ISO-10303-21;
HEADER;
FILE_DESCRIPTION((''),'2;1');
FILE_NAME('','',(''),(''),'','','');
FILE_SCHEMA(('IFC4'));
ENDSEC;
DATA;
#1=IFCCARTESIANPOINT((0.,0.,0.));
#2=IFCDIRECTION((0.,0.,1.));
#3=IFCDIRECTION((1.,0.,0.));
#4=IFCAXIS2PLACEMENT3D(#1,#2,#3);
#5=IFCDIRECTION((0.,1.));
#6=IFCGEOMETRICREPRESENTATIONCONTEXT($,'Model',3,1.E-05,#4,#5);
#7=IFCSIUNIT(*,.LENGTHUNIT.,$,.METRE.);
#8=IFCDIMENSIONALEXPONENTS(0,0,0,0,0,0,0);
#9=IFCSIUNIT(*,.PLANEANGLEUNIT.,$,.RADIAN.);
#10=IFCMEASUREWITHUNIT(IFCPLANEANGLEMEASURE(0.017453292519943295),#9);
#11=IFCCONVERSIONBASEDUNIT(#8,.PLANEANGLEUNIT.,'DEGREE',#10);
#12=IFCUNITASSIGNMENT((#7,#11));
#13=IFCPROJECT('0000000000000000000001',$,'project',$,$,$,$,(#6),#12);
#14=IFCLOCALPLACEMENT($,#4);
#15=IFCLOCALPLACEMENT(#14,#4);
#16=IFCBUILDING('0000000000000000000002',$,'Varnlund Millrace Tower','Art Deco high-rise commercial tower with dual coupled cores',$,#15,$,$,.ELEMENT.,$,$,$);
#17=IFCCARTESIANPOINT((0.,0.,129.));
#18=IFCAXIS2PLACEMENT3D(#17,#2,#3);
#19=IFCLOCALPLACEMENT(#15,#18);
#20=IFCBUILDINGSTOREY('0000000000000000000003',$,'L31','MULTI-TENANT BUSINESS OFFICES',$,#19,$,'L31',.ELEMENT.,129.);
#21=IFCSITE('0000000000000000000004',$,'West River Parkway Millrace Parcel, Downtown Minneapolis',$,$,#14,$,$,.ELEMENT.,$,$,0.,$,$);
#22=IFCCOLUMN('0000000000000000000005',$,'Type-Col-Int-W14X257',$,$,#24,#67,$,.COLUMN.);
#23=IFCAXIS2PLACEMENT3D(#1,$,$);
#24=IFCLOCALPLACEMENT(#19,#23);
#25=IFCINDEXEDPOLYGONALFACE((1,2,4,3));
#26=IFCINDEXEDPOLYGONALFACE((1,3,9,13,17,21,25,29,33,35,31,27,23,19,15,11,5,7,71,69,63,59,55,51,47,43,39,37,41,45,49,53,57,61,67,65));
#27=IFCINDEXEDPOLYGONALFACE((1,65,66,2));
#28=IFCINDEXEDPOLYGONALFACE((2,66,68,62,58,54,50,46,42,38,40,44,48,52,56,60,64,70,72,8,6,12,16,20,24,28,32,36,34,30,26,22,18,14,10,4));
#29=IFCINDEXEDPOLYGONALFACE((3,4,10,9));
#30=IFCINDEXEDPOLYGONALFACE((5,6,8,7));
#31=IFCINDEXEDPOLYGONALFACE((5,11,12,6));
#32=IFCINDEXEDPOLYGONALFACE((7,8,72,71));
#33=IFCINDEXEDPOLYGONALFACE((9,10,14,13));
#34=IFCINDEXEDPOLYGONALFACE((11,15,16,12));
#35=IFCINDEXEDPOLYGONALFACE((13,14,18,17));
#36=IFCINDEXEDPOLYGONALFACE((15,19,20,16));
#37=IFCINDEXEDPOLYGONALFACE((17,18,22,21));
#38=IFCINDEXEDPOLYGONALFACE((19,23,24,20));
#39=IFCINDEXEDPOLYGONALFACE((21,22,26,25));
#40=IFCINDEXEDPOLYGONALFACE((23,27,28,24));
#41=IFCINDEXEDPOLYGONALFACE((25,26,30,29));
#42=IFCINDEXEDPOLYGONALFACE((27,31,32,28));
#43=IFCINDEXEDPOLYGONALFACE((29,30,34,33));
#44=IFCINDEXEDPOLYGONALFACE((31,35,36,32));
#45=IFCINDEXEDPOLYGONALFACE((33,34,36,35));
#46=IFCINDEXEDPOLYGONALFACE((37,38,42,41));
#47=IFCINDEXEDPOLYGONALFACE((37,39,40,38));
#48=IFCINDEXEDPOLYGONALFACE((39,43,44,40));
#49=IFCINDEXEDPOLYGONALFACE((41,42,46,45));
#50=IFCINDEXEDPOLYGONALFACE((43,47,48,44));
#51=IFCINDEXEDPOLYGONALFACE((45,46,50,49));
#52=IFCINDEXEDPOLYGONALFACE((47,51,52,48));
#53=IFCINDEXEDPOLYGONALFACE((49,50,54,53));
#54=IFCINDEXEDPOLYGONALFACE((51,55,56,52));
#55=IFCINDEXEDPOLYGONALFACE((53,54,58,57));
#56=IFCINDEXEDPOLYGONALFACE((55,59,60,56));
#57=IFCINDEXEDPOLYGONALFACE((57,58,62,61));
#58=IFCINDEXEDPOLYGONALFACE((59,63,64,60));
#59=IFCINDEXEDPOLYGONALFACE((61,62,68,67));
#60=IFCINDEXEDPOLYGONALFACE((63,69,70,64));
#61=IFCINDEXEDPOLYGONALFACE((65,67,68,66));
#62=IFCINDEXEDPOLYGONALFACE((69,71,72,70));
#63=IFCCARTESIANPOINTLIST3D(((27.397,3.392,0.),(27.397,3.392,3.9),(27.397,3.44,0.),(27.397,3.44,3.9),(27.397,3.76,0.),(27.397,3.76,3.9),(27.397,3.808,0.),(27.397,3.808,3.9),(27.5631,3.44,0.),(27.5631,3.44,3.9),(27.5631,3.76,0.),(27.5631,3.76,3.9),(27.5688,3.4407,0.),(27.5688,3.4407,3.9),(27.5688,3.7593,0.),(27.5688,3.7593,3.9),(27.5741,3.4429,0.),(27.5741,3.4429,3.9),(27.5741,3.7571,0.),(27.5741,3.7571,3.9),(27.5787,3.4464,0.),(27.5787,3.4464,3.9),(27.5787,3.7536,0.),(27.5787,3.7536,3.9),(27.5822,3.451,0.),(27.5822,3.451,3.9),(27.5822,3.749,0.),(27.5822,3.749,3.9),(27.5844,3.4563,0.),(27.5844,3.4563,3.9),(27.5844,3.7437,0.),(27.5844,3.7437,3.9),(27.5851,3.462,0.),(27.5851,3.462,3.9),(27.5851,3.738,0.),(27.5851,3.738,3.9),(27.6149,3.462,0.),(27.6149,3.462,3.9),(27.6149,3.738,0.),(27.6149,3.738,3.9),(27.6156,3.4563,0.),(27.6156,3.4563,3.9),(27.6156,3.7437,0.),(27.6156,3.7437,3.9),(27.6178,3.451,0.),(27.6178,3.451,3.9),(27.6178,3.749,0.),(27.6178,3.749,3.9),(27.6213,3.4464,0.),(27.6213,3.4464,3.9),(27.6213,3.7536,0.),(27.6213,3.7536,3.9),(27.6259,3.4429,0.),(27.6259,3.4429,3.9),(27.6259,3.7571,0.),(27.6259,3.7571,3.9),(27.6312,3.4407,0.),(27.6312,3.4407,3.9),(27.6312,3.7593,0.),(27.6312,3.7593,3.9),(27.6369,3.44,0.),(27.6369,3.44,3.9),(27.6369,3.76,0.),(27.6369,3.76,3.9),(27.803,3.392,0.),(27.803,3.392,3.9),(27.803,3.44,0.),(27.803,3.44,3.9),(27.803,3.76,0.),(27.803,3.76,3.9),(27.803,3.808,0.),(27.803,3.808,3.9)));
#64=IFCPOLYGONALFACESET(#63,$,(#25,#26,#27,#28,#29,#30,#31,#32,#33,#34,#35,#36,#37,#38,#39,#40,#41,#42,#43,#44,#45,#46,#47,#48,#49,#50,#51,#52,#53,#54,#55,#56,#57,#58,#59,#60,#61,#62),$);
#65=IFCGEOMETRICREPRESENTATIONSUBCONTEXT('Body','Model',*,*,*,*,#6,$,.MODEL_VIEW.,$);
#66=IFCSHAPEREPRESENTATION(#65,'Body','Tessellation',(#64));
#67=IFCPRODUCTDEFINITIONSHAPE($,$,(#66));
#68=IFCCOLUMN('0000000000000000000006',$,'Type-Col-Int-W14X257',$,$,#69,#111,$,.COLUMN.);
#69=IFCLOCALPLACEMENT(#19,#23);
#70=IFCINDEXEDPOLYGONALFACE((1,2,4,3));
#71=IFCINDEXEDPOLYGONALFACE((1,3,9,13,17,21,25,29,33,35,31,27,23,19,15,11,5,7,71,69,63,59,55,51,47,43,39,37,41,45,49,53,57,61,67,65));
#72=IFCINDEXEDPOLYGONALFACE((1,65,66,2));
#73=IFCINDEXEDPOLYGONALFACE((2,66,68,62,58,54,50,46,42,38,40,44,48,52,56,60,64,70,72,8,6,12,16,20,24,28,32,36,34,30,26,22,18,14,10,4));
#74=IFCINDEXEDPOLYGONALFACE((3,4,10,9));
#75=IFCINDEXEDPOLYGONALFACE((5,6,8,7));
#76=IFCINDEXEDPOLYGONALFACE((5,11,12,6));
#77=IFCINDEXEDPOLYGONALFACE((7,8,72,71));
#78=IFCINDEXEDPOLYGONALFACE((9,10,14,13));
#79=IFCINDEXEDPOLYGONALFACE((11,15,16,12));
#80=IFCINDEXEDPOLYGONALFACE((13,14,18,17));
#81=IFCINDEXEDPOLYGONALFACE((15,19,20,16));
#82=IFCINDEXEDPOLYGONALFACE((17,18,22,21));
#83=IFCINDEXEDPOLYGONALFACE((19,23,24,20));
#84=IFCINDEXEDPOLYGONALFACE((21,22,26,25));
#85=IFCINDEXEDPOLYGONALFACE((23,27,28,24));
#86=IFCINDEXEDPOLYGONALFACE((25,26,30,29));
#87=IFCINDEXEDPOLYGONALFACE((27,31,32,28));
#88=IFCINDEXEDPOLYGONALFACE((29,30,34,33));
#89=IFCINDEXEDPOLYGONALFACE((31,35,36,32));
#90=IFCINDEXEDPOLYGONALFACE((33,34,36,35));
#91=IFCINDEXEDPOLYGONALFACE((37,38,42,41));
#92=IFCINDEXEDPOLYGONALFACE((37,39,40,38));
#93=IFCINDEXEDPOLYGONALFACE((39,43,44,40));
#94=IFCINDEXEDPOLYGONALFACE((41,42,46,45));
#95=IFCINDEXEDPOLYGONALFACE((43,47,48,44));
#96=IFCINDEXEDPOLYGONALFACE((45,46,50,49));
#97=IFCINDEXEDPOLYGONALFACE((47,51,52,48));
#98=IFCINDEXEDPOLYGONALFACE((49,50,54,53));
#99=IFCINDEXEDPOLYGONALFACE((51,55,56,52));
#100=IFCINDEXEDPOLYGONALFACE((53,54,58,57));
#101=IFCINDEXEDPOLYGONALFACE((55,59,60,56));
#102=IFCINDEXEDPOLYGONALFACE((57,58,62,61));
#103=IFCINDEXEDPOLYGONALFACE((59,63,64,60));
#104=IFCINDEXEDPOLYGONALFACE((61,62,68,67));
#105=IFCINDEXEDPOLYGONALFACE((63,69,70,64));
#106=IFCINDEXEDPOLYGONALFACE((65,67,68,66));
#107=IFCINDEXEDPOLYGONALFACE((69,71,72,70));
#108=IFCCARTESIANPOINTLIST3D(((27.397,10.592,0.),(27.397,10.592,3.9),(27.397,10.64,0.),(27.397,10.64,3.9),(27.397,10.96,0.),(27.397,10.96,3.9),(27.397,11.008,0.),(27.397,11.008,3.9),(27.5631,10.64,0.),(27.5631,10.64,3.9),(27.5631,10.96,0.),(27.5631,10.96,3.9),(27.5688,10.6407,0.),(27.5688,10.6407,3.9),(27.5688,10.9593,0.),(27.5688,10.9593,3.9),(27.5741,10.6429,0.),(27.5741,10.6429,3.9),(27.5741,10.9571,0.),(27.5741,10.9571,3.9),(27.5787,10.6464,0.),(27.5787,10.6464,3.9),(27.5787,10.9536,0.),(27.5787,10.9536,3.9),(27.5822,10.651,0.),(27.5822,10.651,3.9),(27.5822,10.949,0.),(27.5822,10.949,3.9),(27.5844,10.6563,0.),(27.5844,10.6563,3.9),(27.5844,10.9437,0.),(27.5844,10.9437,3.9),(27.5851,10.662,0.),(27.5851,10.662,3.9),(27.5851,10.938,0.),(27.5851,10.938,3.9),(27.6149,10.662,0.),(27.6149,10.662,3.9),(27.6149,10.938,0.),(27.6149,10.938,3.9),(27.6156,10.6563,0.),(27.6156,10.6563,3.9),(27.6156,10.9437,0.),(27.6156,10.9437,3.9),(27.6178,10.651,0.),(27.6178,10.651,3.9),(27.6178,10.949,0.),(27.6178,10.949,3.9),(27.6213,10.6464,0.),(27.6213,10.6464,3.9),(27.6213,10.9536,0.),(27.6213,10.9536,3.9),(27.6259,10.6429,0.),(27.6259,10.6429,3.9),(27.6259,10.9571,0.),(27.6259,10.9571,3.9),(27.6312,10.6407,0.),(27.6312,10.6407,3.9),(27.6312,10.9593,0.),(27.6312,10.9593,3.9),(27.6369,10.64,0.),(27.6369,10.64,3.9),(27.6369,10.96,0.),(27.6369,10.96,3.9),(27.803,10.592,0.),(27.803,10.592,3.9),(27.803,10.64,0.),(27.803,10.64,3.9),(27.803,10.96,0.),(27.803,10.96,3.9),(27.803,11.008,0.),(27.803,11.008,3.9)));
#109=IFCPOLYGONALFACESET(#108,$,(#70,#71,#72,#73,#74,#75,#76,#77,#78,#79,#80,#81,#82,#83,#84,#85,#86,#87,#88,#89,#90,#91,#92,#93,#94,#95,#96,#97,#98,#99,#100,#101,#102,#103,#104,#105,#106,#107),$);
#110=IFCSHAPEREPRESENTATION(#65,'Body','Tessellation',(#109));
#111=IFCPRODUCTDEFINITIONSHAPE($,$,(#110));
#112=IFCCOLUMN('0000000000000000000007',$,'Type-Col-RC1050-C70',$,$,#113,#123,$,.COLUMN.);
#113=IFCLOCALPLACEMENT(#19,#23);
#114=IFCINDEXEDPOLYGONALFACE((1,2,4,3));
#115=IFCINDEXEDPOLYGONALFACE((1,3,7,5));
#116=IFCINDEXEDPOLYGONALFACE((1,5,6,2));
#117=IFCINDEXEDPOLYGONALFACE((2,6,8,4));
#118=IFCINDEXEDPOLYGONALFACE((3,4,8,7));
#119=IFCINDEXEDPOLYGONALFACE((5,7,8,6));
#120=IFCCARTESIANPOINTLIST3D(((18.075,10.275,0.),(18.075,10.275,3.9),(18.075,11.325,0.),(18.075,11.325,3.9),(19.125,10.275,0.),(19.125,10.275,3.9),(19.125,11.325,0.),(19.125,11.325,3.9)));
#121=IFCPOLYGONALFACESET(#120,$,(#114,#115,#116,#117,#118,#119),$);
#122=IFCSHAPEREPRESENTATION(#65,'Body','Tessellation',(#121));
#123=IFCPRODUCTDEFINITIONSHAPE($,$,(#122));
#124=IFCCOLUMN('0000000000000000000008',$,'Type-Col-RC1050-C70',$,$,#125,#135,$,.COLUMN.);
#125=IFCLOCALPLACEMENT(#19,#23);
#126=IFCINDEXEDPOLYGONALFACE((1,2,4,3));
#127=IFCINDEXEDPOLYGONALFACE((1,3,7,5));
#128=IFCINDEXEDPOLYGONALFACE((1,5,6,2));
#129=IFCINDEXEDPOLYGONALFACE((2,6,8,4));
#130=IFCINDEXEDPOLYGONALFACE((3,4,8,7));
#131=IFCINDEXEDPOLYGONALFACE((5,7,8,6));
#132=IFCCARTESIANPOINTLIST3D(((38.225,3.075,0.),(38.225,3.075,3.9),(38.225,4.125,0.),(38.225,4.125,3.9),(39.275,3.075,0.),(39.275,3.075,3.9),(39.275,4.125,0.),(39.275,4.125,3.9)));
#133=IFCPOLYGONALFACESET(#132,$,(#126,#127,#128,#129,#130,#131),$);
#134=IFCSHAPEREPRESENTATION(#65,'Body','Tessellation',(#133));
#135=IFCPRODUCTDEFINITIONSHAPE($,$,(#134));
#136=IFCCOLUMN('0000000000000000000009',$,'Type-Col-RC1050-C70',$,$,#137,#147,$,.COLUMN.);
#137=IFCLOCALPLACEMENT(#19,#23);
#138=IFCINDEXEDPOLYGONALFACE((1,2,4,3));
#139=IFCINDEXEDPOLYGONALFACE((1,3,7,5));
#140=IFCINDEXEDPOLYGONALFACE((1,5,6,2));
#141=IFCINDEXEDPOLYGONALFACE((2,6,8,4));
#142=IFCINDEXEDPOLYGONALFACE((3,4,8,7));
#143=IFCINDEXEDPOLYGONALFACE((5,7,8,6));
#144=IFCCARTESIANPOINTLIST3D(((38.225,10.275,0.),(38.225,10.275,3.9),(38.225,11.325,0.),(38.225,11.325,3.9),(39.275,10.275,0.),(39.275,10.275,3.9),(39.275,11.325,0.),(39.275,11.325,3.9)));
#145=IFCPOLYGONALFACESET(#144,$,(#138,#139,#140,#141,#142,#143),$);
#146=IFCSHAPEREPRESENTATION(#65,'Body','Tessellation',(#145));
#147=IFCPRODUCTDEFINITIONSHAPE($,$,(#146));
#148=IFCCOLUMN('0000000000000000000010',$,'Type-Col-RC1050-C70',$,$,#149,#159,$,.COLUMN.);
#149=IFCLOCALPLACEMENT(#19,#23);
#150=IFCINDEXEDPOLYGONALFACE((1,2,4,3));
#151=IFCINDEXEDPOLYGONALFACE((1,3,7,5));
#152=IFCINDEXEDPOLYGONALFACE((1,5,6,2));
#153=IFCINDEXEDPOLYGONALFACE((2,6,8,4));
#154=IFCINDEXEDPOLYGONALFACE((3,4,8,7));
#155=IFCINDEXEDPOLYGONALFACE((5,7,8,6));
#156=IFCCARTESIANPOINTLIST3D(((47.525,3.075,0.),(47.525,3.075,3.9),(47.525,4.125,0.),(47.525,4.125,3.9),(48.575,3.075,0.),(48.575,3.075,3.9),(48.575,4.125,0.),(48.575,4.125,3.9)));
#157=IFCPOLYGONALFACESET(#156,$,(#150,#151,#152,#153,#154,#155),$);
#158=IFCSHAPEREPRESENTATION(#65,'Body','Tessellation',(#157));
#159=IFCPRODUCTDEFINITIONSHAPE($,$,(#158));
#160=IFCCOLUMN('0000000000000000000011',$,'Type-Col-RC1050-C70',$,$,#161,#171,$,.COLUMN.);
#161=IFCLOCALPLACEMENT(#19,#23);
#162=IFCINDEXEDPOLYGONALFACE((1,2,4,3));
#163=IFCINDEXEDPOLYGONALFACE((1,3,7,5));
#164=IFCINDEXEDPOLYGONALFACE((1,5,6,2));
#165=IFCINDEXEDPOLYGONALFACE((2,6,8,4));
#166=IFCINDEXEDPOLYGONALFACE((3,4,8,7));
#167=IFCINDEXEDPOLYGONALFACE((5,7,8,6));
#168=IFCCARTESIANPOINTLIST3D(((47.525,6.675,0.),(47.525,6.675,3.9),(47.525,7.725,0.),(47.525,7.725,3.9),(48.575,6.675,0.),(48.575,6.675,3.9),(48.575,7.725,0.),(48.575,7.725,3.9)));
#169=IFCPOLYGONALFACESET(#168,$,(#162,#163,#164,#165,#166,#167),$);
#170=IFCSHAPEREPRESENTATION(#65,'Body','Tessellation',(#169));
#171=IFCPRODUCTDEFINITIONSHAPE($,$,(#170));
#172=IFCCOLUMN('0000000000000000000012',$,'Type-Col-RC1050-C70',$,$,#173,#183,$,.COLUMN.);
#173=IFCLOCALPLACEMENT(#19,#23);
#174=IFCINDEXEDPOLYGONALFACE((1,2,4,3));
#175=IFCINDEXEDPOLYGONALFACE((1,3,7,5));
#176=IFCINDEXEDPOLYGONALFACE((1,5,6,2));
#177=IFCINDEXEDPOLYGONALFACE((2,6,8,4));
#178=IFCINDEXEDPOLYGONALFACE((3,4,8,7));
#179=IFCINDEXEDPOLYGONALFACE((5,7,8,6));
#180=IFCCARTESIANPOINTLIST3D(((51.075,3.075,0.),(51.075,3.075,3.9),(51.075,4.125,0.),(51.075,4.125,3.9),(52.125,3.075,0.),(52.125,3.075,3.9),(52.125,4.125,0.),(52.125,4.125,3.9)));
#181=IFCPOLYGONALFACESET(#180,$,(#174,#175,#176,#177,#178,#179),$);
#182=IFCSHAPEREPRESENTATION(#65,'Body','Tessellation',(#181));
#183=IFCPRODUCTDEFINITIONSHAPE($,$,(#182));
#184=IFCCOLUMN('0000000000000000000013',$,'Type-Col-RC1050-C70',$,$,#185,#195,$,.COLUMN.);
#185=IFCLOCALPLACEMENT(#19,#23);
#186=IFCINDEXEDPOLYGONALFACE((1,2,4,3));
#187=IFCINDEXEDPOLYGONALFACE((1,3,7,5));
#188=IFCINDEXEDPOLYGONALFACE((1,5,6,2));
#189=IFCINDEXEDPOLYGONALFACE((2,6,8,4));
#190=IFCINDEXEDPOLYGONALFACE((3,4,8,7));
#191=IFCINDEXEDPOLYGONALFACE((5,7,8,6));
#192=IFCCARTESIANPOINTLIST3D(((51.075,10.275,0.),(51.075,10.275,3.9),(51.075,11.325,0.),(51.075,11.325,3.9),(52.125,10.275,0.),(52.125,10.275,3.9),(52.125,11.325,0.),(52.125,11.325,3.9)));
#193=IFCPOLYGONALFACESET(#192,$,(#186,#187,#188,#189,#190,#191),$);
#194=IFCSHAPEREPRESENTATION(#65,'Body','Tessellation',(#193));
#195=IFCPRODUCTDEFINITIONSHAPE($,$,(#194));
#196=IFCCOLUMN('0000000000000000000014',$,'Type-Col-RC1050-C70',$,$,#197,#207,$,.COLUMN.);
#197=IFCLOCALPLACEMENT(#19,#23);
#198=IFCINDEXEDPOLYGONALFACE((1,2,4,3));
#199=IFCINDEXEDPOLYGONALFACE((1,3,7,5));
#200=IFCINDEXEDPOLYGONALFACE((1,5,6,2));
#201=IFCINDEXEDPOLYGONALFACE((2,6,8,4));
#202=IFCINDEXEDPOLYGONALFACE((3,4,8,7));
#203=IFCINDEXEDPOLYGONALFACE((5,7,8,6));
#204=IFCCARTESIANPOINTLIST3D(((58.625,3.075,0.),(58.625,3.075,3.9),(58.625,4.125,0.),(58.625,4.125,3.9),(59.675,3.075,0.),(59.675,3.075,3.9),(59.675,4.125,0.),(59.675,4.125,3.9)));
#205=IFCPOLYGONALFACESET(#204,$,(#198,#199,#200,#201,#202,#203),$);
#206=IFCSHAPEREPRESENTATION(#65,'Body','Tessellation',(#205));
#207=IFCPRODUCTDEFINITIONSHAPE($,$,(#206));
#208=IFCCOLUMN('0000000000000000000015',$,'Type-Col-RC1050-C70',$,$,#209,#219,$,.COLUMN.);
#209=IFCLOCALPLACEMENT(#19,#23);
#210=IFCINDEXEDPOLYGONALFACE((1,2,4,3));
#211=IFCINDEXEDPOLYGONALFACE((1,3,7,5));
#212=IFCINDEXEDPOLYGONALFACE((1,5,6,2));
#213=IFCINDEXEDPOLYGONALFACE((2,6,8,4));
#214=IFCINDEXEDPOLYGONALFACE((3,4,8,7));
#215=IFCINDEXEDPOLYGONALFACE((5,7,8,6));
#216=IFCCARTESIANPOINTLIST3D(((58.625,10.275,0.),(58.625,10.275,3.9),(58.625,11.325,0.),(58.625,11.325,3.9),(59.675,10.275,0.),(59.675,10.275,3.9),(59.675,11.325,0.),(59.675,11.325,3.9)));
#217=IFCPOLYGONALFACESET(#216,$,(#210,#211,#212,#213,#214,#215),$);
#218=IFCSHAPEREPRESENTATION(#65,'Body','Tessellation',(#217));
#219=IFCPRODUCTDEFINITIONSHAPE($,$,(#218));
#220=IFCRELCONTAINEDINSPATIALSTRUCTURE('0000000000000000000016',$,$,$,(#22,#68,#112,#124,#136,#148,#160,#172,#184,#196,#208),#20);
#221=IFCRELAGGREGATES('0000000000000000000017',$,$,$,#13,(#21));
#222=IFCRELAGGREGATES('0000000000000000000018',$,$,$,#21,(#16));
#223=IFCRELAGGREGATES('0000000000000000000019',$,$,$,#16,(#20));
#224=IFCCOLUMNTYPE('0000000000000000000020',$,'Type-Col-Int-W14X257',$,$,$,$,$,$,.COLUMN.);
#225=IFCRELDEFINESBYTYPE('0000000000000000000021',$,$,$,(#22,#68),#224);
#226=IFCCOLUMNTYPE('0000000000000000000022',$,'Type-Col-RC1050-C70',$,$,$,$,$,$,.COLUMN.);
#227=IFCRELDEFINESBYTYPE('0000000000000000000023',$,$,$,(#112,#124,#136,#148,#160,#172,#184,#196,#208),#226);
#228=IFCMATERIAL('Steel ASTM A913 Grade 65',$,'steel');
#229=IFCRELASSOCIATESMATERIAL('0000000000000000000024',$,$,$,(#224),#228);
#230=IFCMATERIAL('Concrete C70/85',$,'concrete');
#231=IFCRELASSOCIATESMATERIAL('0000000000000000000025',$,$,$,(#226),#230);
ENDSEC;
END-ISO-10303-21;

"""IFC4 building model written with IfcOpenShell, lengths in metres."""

from ifc_helpers import new_model, entity, si_unit, converted_unit, direction, frame, origin_with_axes, origin_2d_with_axis, place, context, subcontext, project, spatial, rectangle, i_section, extrude, material, material_profile, profile_set, type_object, element, save


model = new_model("IFC4")

# Units and contexts
model_context = context("Model", 3, precision=1e-05, world=origin_with_axes(), true_north=direction((0.0, 1.0)))
body_context = subcontext(model_context, "Body", "Model", "MODEL_VIEW")
ifc_project = project(units=[si_unit("LENGTHUNIT", "METRE"), converted_unit("PLANEANGLEUNIT", "DEGREE", entity("IfcPlaneAngleMeasure", 0.017453292519943295), si_unit("PLANEANGLEUNIT", "RADIAN"), dimensions=[0, 0, 0, 0, 0, 0, 0])], contexts=[model_context])

# Site, building, storey
site_placement = place(None, origin_with_axes())
site = spatial("IfcSite", under=ifc_project, at=site_placement, Name="West River Parkway Millrace Parcel, Downtown Minneapolis", CompositionType="ELEMENT", RefElevation=0.0)
building_placement = place(site_placement, origin_with_axes())
building = spatial("IfcBuilding", under=site, at=building_placement, Name="Varnlund Millrace Tower", Description="Art Deco high-rise commercial tower with dual coupled cores", CompositionType="ELEMENT")
storey_placement = place(building_placement, frame((0.0, 0.0, 129.0), z_axis=(0.0, 0.0, 1.0), x_axis=(1.0, 0.0, 0.0)))
storey = spatial("IfcBuildingStorey", under=building, at=storey_placement, Name="L31", Description="MULTI-TENANT BUSINESS OFFICES", LongName="L31", CompositionType="ELEMENT", Elevation=129.0)

# Columns
ifc_material_1 = material(Name="Steel ASTM A913 Grade 65", Category="steel")
ifc_material_profile_1 = material_profile(ifc_material_1, i_section(OverallWidth=0.406, OverallDepth=0.416, WebThickness=0.0298, FlangeThickness=0.048, FilletRadius=0.022, at=origin_2d_with_axis()), Name="Steel ASTM A913 Grade 65")
ifc_profile_set_1 = profile_set([ifc_material_profile_1], Name="Steel ASTM A913 Grade 65")
column_type_1 = type_object("IfcColumnType", Name="Type-Col-Int-W14X257", PredefinedType="COLUMN", material=ifc_profile_set_1)
for number, where, z_axis, x_axis, name in (
    (1, (27.6, 3.6, 0.0), (0.0, 0.0, 1.0), (1.0, 0.0, 0.0), "Type-Col-Int-W14X257"),
    (2, (27.6, 10.8, 0.0), (0.0, 0.0, 1.0), (1.0, 0.0, 0.0), "Type-Col-Int-W14X257"),
):
    element("IfcColumn", number, at=place(storey_placement, frame(where, z_axis=z_axis, x_axis=x_axis)), inside=storey, type_object=column_type_1, Name=name, PredefinedType="COLUMN", context=body_context, shape_type="SweptSolid", body=[
        extrude(i_section(OverallWidth=0.406, OverallDepth=0.416, WebThickness=0.0298, FlangeThickness=0.048, FilletRadius=0.022, at=origin_2d_with_axis()), origin_with_axes(), (0.0, 0.0, 1.0), 3.9),
    ])
ifc_material_2 = material(Name="Concrete C70/85", Category="concrete")
ifc_material_profile_2 = material_profile(ifc_material_2, rectangle(XDim=1.05, YDim=1.05, at=origin_2d_with_axis()), Name="Concrete C70/85")
ifc_profile_set_2 = profile_set([ifc_material_profile_2], Name="Concrete C70/85")
column_type_2 = type_object("IfcColumnType", Name="Type-Col-RC1050-C70", PredefinedType="COLUMN", material=ifc_profile_set_2)
for number, where, z_axis, x_axis, name in (
    (3, (18.6, 10.8, 0.0), (0.0, 0.0, 1.0), (1.0, 0.0, 0.0), "Type-Col-RC1050-C70"),
    (4, (38.75, 3.6, 0.0), (0.0, 0.0, 1.0), (1.0, 0.0, 0.0), "Type-Col-RC1050-C70"),
    (5, (38.75, 10.8, 0.0), (0.0, 0.0, 1.0), (1.0, 0.0, 0.0), "Type-Col-RC1050-C70"),
    (6, (48.05, 3.6, 0.0), (0.0, 0.0, 1.0), (1.0, 0.0, 0.0), "Type-Col-RC1050-C70"),
    (7, (48.05, 7.2, 0.0), (0.0, 0.0, 1.0), (1.0, 0.0, 0.0), "Type-Col-RC1050-C70"),
    (8, (51.6, 3.6, 0.0), (0.0, 0.0, 1.0), (1.0, 0.0, 0.0), "Type-Col-RC1050-C70"),
    (9, (51.6, 10.8, 0.0), (0.0, 0.0, 1.0), (1.0, 0.0, 0.0), "Type-Col-RC1050-C70"),
    (10, (59.15, 3.6, 0.0), (0.0, 0.0, 1.0), (1.0, 0.0, 0.0), "Type-Col-RC1050-C70"),
    (11, (59.15, 10.8, 0.0), (0.0, 0.0, 1.0), (1.0, 0.0, 0.0), "Type-Col-RC1050-C70"),
):
    element("IfcColumn", number, at=place(storey_placement, frame(where, z_axis=z_axis, x_axis=x_axis)), inside=storey, type_object=column_type_2, Name=name, PredefinedType="COLUMN", context=body_context, shape_type="SweptSolid", body=[
        extrude(rectangle(XDim=1.05, YDim=1.05, at=origin_2d_with_axis()), origin_with_axes(), (0.0, 0.0, 1.0), 3.9),
    ])

save(model, "model.ifc")
